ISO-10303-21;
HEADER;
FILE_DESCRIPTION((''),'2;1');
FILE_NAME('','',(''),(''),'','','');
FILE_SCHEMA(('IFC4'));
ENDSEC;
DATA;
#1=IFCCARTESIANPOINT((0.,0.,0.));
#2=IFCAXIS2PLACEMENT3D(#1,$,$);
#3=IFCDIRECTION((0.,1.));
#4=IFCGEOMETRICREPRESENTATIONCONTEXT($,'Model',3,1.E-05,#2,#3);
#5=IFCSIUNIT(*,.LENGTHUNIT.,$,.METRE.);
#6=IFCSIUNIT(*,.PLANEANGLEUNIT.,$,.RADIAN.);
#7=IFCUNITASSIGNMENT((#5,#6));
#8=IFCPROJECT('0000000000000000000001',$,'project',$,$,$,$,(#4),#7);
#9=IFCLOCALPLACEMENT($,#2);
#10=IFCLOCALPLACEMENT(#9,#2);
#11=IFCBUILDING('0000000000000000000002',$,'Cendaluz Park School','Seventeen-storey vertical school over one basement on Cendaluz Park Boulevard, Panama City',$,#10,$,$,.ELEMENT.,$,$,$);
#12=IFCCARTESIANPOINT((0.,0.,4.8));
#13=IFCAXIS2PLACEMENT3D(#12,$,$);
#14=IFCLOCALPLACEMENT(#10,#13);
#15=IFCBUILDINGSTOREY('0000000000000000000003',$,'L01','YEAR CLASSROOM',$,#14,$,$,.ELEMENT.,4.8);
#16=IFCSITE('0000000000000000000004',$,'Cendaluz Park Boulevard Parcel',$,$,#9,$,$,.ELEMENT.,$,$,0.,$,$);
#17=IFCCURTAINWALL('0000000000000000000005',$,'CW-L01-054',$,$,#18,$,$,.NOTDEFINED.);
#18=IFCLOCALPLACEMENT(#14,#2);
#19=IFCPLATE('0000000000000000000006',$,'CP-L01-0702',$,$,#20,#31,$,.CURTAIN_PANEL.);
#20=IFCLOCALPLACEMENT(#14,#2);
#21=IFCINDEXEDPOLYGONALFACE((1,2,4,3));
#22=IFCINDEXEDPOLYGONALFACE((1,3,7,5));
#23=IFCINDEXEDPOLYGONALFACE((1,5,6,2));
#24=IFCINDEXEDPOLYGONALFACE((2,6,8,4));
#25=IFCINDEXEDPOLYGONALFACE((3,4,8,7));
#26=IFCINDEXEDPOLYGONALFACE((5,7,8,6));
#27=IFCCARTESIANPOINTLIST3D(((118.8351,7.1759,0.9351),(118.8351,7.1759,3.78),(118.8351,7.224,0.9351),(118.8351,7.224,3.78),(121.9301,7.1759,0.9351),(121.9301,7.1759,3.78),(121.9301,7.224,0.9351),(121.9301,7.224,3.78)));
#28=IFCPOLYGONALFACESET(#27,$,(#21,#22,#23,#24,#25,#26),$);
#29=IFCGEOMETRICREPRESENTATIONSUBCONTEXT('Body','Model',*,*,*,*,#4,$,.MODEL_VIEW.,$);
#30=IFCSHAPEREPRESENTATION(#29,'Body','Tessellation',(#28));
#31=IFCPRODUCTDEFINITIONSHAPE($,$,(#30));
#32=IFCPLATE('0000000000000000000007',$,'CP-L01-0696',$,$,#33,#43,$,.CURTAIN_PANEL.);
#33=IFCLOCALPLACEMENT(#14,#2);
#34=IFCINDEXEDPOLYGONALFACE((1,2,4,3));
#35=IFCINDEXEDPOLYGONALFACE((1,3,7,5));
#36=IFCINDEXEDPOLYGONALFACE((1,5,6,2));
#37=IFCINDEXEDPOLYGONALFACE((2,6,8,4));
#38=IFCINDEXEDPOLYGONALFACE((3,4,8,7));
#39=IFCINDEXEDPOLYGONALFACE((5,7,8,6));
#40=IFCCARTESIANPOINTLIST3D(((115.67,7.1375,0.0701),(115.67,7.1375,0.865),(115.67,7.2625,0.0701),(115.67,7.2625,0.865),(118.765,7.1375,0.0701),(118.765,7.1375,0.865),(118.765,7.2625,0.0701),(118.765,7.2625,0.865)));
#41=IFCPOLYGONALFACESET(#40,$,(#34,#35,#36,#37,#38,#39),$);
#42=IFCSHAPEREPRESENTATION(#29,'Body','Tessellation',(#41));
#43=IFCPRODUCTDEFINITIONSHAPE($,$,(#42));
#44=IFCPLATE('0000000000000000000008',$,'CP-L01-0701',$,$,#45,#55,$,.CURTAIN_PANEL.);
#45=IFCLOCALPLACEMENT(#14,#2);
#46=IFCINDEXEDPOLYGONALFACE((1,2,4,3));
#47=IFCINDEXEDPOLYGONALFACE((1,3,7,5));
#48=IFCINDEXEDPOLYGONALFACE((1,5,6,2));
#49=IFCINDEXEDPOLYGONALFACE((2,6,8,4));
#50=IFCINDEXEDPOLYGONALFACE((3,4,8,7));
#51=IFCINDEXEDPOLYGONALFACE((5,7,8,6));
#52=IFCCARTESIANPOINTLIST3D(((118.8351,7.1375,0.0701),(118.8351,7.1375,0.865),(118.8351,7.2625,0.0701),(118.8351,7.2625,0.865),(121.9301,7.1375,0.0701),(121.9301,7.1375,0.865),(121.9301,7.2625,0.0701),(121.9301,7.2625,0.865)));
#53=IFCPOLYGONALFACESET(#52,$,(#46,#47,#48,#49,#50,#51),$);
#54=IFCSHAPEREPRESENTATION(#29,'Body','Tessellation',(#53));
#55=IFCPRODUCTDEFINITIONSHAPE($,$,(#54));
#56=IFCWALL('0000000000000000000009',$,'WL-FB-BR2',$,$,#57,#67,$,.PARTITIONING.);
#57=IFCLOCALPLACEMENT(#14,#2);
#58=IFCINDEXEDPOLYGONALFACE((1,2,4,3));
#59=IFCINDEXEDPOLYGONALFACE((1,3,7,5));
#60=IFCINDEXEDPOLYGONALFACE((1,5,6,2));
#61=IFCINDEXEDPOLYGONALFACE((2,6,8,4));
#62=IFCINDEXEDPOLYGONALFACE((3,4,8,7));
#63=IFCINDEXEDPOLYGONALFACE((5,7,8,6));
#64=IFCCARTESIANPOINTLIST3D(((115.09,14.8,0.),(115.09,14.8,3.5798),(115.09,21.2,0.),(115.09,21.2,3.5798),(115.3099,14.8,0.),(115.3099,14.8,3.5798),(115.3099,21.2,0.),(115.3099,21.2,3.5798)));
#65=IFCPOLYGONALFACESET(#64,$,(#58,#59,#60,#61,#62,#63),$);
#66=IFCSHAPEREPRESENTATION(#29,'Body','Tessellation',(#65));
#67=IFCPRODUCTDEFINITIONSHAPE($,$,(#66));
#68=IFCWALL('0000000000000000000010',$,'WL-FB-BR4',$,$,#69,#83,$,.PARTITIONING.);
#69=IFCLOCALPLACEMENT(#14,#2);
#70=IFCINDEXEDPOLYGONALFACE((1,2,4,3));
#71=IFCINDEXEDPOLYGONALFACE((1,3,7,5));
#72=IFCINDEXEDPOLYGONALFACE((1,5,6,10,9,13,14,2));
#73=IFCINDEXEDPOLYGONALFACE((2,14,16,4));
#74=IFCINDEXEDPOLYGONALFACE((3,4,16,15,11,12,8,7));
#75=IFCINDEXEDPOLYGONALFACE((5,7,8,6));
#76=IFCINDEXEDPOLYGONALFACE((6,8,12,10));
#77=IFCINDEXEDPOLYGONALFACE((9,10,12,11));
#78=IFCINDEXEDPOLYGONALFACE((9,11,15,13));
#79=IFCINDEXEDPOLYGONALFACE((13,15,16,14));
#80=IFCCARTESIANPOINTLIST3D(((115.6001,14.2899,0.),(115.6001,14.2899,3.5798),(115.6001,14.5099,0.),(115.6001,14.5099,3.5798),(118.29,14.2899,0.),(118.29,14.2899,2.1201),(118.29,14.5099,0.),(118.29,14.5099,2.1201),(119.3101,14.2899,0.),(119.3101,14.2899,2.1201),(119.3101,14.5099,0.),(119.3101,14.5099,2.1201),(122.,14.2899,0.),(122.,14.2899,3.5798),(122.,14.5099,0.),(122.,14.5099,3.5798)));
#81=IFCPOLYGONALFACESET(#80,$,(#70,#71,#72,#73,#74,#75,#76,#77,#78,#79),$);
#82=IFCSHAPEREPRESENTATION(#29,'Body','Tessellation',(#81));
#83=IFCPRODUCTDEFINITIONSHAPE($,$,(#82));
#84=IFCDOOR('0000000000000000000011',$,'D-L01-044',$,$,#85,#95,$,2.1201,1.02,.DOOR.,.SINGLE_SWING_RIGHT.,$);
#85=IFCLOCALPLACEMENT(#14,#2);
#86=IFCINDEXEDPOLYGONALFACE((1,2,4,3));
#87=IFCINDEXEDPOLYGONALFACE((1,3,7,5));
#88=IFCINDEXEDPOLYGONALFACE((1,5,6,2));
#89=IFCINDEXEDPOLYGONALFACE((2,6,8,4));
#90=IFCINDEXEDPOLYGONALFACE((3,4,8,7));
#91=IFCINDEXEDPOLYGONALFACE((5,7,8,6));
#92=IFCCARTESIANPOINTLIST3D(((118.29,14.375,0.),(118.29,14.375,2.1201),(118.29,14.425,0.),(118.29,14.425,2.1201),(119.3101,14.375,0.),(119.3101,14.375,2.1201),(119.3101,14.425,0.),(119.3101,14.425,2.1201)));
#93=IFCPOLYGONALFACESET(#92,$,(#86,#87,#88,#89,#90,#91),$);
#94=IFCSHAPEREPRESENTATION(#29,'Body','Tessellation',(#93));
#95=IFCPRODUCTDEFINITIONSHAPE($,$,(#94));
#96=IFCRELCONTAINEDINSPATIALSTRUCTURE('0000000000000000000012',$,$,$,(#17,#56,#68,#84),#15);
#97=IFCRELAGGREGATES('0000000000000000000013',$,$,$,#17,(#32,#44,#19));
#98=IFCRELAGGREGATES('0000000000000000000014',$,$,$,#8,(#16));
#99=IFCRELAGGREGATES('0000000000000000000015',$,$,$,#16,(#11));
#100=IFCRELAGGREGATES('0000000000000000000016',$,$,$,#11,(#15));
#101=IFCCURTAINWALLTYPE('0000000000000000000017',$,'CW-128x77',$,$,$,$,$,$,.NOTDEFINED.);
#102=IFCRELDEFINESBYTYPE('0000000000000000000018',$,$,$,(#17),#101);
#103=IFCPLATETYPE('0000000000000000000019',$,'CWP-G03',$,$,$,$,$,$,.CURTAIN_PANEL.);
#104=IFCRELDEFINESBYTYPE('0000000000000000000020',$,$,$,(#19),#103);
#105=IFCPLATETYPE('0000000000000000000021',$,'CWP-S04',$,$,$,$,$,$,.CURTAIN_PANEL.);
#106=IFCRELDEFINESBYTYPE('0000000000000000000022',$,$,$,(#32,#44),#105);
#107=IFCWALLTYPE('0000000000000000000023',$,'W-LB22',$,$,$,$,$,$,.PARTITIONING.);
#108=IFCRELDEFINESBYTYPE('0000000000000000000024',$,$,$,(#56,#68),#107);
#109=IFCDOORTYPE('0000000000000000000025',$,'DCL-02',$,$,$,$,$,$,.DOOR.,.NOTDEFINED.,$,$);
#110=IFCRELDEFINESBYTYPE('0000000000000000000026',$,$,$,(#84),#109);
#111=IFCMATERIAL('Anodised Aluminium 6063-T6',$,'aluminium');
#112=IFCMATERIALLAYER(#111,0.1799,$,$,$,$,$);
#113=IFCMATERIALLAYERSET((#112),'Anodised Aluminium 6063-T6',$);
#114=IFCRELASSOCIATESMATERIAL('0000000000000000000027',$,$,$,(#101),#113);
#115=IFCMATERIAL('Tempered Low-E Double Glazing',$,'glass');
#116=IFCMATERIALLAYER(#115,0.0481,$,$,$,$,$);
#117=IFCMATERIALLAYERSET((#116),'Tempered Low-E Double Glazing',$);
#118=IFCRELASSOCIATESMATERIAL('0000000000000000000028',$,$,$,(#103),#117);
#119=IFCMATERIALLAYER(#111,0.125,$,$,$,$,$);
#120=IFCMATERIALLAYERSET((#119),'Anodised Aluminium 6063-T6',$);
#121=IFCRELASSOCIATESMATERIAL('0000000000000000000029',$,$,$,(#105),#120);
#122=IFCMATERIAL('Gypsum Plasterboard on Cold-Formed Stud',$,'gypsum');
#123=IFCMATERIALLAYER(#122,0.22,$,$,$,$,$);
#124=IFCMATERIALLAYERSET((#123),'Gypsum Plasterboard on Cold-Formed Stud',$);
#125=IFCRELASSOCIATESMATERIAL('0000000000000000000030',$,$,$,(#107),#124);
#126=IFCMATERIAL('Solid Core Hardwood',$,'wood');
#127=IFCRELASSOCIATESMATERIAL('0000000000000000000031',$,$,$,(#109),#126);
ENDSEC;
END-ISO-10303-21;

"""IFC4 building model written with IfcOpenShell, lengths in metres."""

from ifc_helpers import new_model, si_unit, direction, frame, frame_2d, origin, origin_2d, place, context, subcontext, project, spatial, rectangle, extrude, material, layer, layer_set, type_object, element, fill, aggregate, save


model = new_model("IFC4")

# Units and contexts
model_context = context("Model", 3, precision=1e-05, world=origin(), true_north=direction((0.0, 1.0)))
body_context = subcontext(model_context, "Body", "Model", "MODEL_VIEW")
ifc_project = project(units=[si_unit("LENGTHUNIT", "METRE"), si_unit("PLANEANGLEUNIT", "RADIAN")], contexts=[model_context])

# Site, building, storey
site_placement = place(None, origin())
site = spatial("IfcSite", under=ifc_project, at=site_placement, Name="Cendaluz Park Boulevard Parcel", CompositionType="ELEMENT", RefElevation=0.0)
building_placement = place(site_placement, origin())
building = spatial("IfcBuilding", under=site, at=building_placement, Name="Cendaluz Park School", Description="Seventeen-storey vertical school over one basement on Cendaluz Park Boulevard, Panama City", CompositionType="ELEMENT")
storey_placement = place(building_placement, frame((0.0, 0.0, 4.8)))
storey = spatial("IfcBuildingStorey", under=building, at=storey_placement, Name="L01", Description="YEAR CLASSROOM", CompositionType="ELEMENT", Elevation=4.8)

# Curtain wall, plates
ifc_material_1 = material(Name="Anodised Aluminium 6063-T6", Category="aluminium")
ifc_layer_1 = layer(ifc_material_1, 0.1799)
ifc_layer_set_1 = layer_set([ifc_layer_1], Name="Anodised Aluminium 6063-T6")
curtain_wall_type = type_object("IfcCurtainWallType", Name="CW-128x77", PredefinedType="NOTDEFINED", material=ifc_layer_set_1)
curtain_wall_placement = place(storey_placement, origin())
curtain_wall = element("IfcCurtainWall", 1, at=curtain_wall_placement, inside=storey, type_object=curtain_wall_type, Name="CW-L01-054", PredefinedType="NOTDEFINED")
ifc_material_2 = material(Name="Tempered Low-E Double Glazing", Category="glass")
ifc_layer_2 = layer(ifc_material_2, 0.0481)
ifc_layer_set_2 = layer_set([ifc_layer_2], Name="Tempered Low-E Double Glazing")
plate_type_1 = type_object("IfcPlateType", Name="CWP-G03", PredefinedType="CURTAIN_PANEL", material=ifc_layer_set_2)
plate_1_placement = place(storey_placement, frame((120.3826, 7.2, 0.9351), z_axis=(0.0, 0.0, 1.0), x_axis=(1.0, 0.0, 0.0)))
plate_1 = element("IfcPlate", 2, at=plate_1_placement, type_object=plate_type_1, Name="CP-L01-0702", PredefinedType="CURTAIN_PANEL", context=body_context, shape_type="SweptSolid", body=[
    extrude(rectangle(XDim=3.095, YDim=0.0481, at=origin_2d()), origin(), (0.0, 0.0, 1.0), 2.845),
])
ifc_layer_3 = layer(ifc_material_1, 0.125)
ifc_layer_set_3 = layer_set([ifc_layer_3], Name="Anodised Aluminium 6063-T6")
plate_type_2 = type_object("IfcPlateType", Name="CWP-S04", PredefinedType="CURTAIN_PANEL", material=ifc_layer_set_3)
plate_2_placement = place(storey_placement, frame((117.2175, 7.2, 0.0701), z_axis=(0.0, 0.0, 1.0), x_axis=(1.0, 0.0, 0.0)))
plate_2 = element("IfcPlate", 3, at=plate_2_placement, type_object=plate_type_2, Name="CP-L01-0696", PredefinedType="CURTAIN_PANEL", context=body_context, shape_type="SweptSolid", body=[
    extrude(rectangle(XDim=3.095, YDim=0.125, at=origin_2d()), origin(), (0.0, 0.0, 1.0), 0.7949),
])
plate_3_placement = place(storey_placement, frame((120.3826, 7.2, 0.0701), z_axis=(0.0, 0.0, 1.0), x_axis=(1.0, 0.0, 0.0)))
plate_3 = element("IfcPlate", 4, at=plate_3_placement, type_object=plate_type_2, Name="CP-L01-0701", PredefinedType="CURTAIN_PANEL", context=body_context, shape_type="SweptSolid", body=[
    extrude(rectangle(XDim=3.095, YDim=0.125, at=origin_2d()), origin(), (0.0, 0.0, 1.0), 0.7949),
])
aggregate(curtain_wall, [plate_2, plate_3, plate_1])

# Wall
ifc_material_3 = material(Name="Gypsum Plasterboard on Cold-Formed Stud", Category="gypsum")
ifc_layer_4 = layer(ifc_material_3, 0.22)
ifc_layer_set_4 = layer_set([ifc_layer_4], Name="Gypsum Plasterboard on Cold-Formed Stud")
wall_type = type_object("IfcWallType", Name="W-LB22", PredefinedType="PARTITIONING", material=ifc_layer_set_4)
wall_1_placement = place(storey_placement, frame((115.2, 14.8, 0.0), z_axis=(0.0, 0.0, 1.0), x_axis=(0.0, 1.0, 0.0)))
element("IfcWall", 5, at=wall_1_placement, inside=storey, type_object=wall_type, Name="WL-FB-BR2", PredefinedType="PARTITIONING", context=body_context, shape_type="SweptSolid", body=[
    extrude(rectangle(XDim=6.3999, YDim=0.22, at=frame_2d((3.2, 0.0))), origin(), (0.0, 0.0, 1.0), 3.5798),
])

# Wall, opening, door
wall_2_placement = place(storey_placement, frame((115.6001, 14.3999, 0.0), z_axis=(0.0, 0.0, 1.0), x_axis=(1.0, 0.0, 0.0)))
wall_2 = element("IfcWall", 6, at=wall_2_placement, inside=storey, type_object=wall_type, Name="WL-FB-BR4", PredefinedType="PARTITIONING", context=body_context, shape_type="SweptSolid", body=[
    extrude(rectangle(XDim=6.3999, YDim=0.22, at=frame_2d((3.2, 0.0))), origin(), (0.0, 0.0, 1.0), 3.5798),
])
opening_placement = place(wall_2_placement, frame((2.6899, 0.0, 0.0)))
opening = element("IfcOpeningElement", 7, at=opening_placement, cuts=wall_2, PredefinedType="OPENING", context=body_context, shape_type="SweptSolid", body=[
    extrude(rectangle(XDim=1.02, YDim=2.1201, at=frame_2d((0.51, 1.0601))), frame((0.0, 0.1221, 0.0), z_axis=(0.0, -1.0, 0.0), x_axis=(1.0, 0.0, 0.0)), (0.0, 0.0, 1.0), 0.2439),
])
ifc_material_4 = material(Name="Solid Core Hardwood", Category="wood")
door_type = type_object("IfcDoorType", Name="DCL-02", OperationType="NOTDEFINED", PredefinedType="DOOR", material=ifc_material_4)
door_placement = place(opening_placement, frame((1.02, 0.0, 0.0), z_axis=(0.0, 0.0, 1.0), x_axis=(-1.0, 0.0, 0.0)))
door = element("IfcDoor", 8, at=door_placement, inside=storey, type_object=door_type, Name="D-L01-044", OperationType="SINGLE_SWING_RIGHT", OverallHeight=2.1201, OverallWidth=1.02, PredefinedType="DOOR", context=body_context, shape_type="SweptSolid", body=[
    extrude(rectangle(XDim=1.02, YDim=2.1201, at=frame_2d((0.51, 1.0601))), frame((0.0, 0.0249, 0.0), z_axis=(0.0, -1.0, 0.0), x_axis=(1.0, 0.0, 0.0)), (0.0, 0.0, 1.0), 0.05),
])
fill(opening, door)

save(model, "model.ifc")
